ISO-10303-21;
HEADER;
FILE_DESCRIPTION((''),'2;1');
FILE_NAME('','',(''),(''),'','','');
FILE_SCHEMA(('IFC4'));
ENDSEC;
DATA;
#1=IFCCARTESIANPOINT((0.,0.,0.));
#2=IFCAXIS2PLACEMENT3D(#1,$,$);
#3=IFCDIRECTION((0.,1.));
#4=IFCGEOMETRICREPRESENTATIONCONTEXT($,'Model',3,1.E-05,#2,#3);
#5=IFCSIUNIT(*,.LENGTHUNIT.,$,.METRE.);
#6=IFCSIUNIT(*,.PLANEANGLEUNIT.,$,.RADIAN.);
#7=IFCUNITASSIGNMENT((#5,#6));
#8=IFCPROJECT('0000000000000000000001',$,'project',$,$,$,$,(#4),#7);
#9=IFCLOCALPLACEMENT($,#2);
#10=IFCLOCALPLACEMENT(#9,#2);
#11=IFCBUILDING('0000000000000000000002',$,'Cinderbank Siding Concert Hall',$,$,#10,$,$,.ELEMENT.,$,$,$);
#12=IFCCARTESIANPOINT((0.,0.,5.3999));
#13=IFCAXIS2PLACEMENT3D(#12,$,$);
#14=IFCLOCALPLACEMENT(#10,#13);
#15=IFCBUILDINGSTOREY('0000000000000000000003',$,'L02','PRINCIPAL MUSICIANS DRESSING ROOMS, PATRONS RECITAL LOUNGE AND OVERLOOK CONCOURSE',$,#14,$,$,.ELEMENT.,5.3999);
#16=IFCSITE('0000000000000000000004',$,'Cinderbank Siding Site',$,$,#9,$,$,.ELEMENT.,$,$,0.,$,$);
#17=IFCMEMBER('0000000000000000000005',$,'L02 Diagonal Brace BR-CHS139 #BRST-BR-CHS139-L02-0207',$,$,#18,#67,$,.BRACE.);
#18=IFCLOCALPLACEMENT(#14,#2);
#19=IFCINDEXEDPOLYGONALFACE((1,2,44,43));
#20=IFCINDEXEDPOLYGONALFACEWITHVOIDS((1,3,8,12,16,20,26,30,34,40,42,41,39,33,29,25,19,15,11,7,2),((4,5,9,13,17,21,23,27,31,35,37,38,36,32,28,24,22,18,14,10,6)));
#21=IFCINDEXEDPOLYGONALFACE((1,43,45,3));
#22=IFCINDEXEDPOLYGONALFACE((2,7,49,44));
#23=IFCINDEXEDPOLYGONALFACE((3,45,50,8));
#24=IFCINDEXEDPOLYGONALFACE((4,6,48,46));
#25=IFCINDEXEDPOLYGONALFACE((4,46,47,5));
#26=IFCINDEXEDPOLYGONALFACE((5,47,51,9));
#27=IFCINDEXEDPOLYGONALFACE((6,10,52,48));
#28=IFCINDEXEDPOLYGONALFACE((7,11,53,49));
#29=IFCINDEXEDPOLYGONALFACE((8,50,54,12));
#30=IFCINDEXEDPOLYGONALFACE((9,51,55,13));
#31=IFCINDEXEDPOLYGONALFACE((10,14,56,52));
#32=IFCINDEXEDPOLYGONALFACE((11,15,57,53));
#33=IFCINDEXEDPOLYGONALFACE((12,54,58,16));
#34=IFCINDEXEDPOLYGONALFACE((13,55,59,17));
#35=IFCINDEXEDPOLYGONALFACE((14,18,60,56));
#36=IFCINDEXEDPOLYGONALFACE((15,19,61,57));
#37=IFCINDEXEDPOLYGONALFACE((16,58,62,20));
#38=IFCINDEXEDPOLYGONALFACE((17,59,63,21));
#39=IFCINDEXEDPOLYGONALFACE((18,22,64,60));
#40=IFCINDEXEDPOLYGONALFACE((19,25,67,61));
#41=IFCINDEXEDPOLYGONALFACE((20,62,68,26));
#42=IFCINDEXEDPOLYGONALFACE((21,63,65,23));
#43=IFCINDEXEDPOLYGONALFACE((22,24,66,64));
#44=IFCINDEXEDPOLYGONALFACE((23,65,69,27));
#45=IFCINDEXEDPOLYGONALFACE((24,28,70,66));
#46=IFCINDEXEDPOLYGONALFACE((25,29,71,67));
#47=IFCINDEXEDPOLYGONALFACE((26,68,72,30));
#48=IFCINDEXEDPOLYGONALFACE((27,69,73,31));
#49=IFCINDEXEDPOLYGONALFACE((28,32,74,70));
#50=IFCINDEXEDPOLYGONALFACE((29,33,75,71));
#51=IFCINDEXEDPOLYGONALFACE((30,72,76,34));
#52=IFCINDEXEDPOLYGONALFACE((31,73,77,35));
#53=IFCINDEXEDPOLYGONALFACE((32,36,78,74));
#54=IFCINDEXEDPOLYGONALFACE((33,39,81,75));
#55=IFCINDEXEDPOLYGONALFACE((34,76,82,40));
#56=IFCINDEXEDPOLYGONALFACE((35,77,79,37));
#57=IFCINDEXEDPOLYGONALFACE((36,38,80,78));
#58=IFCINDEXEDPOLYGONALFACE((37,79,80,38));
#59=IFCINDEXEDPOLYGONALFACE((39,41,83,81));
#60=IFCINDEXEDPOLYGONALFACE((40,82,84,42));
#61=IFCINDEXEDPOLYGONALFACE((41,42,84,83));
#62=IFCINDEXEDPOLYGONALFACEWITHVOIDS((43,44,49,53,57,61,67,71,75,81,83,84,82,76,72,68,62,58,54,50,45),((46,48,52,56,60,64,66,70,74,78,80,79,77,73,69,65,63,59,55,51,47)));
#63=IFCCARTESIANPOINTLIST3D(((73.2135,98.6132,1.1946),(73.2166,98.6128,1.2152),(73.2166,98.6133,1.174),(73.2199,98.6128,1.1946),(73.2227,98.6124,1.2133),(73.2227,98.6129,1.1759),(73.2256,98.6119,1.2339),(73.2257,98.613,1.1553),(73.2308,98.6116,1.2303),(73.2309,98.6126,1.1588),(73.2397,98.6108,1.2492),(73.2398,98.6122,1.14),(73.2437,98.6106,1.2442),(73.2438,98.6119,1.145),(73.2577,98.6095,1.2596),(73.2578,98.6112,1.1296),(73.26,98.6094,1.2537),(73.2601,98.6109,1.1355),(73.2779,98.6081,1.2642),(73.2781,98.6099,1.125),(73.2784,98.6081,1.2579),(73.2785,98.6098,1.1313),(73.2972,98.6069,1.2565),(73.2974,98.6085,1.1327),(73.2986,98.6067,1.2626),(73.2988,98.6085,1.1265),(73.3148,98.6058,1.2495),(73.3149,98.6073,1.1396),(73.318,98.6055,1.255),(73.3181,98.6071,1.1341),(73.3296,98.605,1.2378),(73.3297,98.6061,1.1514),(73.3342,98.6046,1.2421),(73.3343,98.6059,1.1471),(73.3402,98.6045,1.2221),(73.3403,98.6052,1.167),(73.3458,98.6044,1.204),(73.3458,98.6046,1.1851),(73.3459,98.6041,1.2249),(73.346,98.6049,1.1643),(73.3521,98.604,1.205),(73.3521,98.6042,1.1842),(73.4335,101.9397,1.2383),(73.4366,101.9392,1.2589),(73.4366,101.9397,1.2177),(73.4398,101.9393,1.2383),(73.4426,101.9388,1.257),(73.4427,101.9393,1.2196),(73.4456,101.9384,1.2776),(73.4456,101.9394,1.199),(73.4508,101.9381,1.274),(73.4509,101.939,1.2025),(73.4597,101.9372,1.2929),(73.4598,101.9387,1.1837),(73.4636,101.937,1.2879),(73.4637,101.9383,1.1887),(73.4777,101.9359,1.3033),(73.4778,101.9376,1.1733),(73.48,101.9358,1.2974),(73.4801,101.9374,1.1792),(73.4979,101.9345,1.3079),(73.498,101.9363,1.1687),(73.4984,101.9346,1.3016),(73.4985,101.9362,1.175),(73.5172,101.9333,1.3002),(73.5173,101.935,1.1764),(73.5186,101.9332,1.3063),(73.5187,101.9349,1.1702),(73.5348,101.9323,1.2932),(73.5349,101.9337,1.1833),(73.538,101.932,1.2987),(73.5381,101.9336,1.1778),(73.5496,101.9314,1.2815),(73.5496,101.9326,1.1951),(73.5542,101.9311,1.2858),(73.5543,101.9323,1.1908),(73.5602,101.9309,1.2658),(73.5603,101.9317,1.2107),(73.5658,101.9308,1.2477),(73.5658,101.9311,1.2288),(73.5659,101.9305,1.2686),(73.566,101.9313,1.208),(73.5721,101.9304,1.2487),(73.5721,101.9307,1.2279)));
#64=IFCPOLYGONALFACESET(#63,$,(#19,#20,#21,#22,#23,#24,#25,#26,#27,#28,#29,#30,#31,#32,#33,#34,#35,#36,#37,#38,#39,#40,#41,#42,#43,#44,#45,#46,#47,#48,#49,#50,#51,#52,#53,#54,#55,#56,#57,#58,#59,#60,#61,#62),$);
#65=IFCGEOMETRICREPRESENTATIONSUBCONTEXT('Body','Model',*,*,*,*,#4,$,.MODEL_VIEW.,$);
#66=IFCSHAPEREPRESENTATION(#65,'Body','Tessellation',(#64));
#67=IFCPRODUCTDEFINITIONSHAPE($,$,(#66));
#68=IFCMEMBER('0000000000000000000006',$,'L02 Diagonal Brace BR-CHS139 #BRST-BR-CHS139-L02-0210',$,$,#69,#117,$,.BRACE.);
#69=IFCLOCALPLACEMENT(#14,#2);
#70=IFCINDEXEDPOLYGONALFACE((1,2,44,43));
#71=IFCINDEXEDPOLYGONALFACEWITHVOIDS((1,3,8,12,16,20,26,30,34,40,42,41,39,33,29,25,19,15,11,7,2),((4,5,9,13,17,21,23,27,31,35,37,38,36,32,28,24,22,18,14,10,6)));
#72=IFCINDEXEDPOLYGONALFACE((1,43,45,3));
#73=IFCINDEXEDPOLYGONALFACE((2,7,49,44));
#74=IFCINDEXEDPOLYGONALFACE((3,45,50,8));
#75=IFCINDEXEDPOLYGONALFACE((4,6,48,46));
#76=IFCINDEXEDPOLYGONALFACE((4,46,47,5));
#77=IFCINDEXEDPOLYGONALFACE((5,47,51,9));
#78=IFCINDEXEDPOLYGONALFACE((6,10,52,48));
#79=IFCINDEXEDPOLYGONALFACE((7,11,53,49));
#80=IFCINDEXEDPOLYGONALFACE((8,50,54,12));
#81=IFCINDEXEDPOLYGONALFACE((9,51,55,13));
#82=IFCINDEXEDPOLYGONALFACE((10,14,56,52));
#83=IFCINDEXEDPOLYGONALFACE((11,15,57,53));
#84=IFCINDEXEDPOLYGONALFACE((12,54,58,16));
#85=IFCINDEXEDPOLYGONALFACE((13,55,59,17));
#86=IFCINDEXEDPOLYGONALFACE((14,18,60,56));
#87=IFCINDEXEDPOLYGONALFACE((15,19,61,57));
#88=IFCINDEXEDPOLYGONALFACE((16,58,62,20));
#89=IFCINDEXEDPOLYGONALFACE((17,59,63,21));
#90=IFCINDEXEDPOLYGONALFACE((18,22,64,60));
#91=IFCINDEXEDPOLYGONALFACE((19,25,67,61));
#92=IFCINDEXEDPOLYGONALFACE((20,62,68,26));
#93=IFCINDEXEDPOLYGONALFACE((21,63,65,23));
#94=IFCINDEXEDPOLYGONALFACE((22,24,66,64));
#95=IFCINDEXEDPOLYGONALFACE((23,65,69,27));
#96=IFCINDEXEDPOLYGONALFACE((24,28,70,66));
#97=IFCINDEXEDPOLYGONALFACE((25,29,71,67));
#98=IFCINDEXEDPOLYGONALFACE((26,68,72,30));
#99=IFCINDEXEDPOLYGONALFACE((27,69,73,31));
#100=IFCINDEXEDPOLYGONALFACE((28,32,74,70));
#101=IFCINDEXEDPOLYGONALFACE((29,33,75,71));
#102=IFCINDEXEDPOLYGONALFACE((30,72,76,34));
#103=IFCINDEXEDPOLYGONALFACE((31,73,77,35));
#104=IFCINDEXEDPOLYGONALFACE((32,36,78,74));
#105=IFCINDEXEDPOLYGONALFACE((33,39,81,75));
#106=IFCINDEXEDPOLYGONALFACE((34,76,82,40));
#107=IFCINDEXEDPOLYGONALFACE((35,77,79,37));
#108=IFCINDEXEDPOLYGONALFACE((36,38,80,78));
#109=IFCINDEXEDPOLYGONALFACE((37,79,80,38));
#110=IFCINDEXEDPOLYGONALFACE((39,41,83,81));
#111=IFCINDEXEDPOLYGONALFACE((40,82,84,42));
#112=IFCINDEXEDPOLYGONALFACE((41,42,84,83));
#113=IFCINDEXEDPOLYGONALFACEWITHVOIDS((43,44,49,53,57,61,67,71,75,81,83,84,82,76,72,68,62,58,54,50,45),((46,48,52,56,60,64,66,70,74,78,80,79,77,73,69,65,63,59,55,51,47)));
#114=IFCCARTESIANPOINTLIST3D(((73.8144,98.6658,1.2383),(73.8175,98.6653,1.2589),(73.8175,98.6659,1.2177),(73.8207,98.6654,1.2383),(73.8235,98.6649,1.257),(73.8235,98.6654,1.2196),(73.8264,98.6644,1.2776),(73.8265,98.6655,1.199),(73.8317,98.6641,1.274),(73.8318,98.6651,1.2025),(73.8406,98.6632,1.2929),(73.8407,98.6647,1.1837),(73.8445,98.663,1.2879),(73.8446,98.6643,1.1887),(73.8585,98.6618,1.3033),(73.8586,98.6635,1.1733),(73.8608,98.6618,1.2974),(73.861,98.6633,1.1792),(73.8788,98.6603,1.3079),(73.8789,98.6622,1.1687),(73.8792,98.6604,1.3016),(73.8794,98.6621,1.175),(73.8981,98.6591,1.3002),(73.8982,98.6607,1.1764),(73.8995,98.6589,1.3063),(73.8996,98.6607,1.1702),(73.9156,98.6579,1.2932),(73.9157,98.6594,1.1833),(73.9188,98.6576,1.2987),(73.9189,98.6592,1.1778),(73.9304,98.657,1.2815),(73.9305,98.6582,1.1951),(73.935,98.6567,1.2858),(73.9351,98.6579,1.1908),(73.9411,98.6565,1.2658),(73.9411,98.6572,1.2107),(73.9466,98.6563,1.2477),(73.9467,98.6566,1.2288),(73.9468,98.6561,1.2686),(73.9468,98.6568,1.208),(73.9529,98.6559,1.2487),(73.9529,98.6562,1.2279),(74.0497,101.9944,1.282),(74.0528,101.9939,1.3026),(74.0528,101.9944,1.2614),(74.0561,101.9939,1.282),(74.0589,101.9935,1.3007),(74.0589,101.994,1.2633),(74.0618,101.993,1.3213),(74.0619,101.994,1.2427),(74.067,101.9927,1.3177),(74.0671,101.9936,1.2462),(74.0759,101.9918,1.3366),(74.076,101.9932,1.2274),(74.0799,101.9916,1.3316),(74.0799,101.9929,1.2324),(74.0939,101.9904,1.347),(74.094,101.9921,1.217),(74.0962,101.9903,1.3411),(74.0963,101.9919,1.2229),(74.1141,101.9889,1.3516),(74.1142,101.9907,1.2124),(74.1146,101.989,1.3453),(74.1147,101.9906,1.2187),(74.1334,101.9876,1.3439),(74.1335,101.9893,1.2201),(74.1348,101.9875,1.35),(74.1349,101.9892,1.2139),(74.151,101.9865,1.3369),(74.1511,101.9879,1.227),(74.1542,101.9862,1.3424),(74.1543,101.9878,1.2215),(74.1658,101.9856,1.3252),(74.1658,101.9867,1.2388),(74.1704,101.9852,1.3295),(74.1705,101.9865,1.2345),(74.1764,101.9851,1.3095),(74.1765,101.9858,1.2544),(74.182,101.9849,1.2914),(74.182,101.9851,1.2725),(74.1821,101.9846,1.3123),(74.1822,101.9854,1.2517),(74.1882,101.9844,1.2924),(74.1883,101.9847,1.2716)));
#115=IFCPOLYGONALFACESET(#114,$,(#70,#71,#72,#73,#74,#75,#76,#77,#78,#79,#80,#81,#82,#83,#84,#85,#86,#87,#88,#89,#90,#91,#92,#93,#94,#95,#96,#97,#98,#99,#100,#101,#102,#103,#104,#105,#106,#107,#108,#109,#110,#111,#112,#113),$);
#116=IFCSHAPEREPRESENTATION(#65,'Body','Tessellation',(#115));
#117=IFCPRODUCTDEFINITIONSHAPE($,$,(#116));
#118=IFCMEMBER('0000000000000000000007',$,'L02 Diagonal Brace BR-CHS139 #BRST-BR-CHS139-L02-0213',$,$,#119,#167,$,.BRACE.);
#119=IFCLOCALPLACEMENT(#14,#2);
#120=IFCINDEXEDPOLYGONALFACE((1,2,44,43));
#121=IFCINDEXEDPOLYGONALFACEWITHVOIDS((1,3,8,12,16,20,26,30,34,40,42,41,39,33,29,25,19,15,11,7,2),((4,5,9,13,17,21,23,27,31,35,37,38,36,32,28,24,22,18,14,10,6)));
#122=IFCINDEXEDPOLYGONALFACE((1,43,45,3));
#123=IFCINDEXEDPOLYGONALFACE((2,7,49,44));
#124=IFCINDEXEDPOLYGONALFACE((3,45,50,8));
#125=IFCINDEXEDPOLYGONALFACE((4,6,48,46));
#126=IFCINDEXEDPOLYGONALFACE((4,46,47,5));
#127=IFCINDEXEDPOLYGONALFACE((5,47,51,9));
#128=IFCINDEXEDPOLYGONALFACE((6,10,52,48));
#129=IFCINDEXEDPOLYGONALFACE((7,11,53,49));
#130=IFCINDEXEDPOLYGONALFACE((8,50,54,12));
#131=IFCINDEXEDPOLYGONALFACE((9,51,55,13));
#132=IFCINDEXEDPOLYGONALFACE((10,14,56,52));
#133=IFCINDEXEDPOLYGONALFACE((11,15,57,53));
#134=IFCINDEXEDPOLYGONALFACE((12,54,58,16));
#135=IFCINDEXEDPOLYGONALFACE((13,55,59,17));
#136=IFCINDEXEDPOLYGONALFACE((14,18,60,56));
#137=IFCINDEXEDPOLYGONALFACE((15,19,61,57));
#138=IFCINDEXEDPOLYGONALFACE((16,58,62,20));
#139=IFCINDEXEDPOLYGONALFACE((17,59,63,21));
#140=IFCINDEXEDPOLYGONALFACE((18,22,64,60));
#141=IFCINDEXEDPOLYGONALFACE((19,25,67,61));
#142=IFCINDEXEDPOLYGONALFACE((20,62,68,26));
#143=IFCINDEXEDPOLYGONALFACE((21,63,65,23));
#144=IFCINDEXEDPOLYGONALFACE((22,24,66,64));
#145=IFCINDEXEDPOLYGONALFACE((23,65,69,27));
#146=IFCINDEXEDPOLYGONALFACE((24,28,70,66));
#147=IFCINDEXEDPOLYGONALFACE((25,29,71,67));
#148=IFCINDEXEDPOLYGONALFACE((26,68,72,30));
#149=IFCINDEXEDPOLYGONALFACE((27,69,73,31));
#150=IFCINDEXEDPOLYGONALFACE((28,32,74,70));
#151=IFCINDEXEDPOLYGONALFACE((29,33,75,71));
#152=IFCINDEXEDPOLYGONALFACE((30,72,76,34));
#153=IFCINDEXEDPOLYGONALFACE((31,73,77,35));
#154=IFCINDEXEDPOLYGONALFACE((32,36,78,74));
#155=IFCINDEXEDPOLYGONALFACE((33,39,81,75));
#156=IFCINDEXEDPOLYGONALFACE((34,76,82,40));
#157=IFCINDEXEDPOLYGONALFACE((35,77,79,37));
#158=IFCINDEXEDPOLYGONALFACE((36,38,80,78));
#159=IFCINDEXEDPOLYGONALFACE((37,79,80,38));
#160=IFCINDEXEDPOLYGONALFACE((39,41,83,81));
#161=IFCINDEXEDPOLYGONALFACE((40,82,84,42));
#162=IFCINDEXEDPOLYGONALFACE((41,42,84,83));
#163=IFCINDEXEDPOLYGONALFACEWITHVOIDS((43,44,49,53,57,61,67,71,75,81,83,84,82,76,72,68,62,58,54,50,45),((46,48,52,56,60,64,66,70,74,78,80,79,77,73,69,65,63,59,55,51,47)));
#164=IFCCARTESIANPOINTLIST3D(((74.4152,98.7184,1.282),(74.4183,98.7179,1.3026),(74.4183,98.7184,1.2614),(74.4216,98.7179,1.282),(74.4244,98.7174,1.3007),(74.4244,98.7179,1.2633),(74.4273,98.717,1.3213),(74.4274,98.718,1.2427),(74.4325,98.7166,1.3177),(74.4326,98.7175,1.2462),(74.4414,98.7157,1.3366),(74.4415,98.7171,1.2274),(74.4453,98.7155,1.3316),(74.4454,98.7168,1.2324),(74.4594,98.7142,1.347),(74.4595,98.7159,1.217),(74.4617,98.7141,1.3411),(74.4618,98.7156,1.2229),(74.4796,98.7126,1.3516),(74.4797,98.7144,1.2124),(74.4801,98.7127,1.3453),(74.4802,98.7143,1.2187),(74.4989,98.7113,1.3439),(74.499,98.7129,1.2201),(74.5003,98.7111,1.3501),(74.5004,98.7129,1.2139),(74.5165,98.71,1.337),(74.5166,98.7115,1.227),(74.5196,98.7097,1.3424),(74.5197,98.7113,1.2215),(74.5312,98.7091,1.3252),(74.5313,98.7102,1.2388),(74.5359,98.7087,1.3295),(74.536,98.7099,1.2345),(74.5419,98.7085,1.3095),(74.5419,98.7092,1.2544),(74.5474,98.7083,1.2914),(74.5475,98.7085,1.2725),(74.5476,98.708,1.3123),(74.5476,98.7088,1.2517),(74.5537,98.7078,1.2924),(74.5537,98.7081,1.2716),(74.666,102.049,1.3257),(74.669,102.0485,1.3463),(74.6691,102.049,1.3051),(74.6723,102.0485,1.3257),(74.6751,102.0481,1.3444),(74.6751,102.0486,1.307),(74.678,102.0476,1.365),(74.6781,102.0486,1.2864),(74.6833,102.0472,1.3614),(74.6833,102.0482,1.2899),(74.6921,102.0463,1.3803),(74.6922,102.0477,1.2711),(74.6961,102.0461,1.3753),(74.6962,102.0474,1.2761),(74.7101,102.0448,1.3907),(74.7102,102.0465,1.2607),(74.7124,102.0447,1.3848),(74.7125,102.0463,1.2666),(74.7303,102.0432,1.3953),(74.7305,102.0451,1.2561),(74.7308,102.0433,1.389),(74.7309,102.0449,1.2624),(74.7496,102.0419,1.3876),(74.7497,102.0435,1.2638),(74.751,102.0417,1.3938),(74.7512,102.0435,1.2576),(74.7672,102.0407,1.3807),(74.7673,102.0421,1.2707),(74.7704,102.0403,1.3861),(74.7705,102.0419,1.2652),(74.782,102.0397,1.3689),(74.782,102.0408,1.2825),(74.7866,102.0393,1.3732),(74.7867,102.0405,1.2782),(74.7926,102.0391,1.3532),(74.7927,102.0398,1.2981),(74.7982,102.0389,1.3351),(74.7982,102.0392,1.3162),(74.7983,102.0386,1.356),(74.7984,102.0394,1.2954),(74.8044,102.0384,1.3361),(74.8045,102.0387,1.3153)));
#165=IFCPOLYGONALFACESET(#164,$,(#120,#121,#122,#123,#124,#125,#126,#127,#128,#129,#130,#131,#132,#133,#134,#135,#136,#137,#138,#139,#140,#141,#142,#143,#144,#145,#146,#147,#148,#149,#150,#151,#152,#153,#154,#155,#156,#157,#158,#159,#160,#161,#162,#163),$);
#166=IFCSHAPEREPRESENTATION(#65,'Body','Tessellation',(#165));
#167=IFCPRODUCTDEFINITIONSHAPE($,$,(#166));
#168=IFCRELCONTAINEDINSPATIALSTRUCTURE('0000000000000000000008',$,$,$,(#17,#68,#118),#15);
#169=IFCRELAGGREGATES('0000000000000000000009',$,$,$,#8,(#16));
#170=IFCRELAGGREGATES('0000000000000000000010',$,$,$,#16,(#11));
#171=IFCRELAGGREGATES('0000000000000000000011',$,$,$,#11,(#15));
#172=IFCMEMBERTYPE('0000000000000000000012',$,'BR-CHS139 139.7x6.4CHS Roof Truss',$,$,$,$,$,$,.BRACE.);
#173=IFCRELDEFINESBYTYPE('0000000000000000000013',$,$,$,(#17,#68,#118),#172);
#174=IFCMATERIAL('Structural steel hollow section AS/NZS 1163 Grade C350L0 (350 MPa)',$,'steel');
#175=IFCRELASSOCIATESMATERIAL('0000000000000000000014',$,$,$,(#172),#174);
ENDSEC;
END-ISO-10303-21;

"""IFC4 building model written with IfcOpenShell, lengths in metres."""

from ifc_helpers import new_model, si_unit, direction, frame, origin, origin_2d, place, context, subcontext, project, spatial, hollow_circle, extrude, material, material_profile, profile_set, type_object, element, save


model = new_model("IFC4")

# Units and contexts
model_context = context("Model", 3, precision=1e-05, world=origin(), true_north=direction((0.0, 1.0)))
body_context = subcontext(model_context, "Body", "Model", "MODEL_VIEW")
ifc_project = project(units=[si_unit("LENGTHUNIT", "METRE"), si_unit("PLANEANGLEUNIT", "RADIAN")], contexts=[model_context])

# Site, building, storey
site_placement = place(None, origin())
site = spatial("IfcSite", under=ifc_project, at=site_placement, Name="Cinderbank Siding Site", CompositionType="ELEMENT", RefElevation=0.0)
building_placement = place(site_placement, origin())
building = spatial("IfcBuilding", under=site, at=building_placement, Name="Cinderbank Siding Concert Hall", CompositionType="ELEMENT")
storey_placement = place(building_placement, frame((0.0, 0.0, 5.3999)))
storey = spatial("IfcBuildingStorey", under=building, at=storey_placement, Name="L02", Description="PRINCIPAL MUSICIANS DRESSING ROOMS, PATRONS RECITAL LOUNGE AND OVERLOOK CONCOURSE", CompositionType="ELEMENT", Elevation=5.3999)

# Members
ifc_material_1 = material(Name="Structural steel hollow section AS/NZS 1163 Grade C350L0 (350 MPa)", Category="steel")
ifc_material_profile_1 = material_profile(ifc_material_1, hollow_circle(Radius=0.0698, WallThickness=0.0063, at=origin_2d()), Name="139.7x6.4CHS", Category="LoadBearing")
ifc_profile_set_1 = profile_set([ifc_material_profile_1], Name="Structural steel hollow section AS/NZS 1163 Grade C350L0 (350 MPa)")
member_type_1 = type_object("IfcMemberType", Name="BR-CHS139 139.7x6.4CHS Roof Truss", PredefinedType="BRACE", material=ifc_profile_set_1)
member_1_placement = place(storey_placement, frame((73.2832, 98.6086, 1.1946), z_axis=(0.065979, 0.997735, 0.013108), x_axis=(-0.997821, 0.065984, 0.0)))
element("IfcMember", 1, at=member_1_placement, inside=storey, type_object=member_type_1, Name="L02 Diagonal Brace BR-CHS139 #BRST-BR-CHS139-L02-0207", PredefinedType="BRACE", context=body_context, shape_type="SweptSolid", body=[
    extrude(hollow_circle(Radius=0.0698, WallThickness=0.0063, at=origin_2d()), origin(), (0.0, 0.0, 1.0), 3.334),
])
member_2_placement = place(storey_placement, frame((73.884, 98.6609, 1.2383), z_axis=(0.070523, 0.997424, 0.013095), x_axis=(-0.99751, 0.07053, 0.0)))
element("IfcMember", 2, at=member_2_placement, inside=storey, type_object=member_type_1, Name="L02 Diagonal Brace BR-CHS139 #BRST-BR-CHS139-L02-0210", PredefinedType="BRACE", context=body_context, shape_type="SweptSolid", body=[
    extrude(hollow_circle(Radius=0.0698, WallThickness=0.0063, at=origin_2d()), origin(), (0.0, 0.0, 1.0), 3.3372),
])
member_3_placement = place(storey_placement, frame((74.4849, 98.7131, 1.282), z_axis=(0.075063, 0.997093, 0.013083), x_axis=(-0.997178, 0.07507, 0.0)))
element("IfcMember", 3, at=member_3_placement, inside=storey, type_object=member_type_1, Name="L02 Diagonal Brace BR-CHS139 #BRST-BR-CHS139-L02-0213", PredefinedType="BRACE", context=body_context, shape_type="SweptSolid", body=[
    extrude(hollow_circle(Radius=0.0698, WallThickness=0.0063, at=origin_2d()), origin(), (0.0, 0.0, 1.0), 3.3403),
])

save(model, "model.ifc")
